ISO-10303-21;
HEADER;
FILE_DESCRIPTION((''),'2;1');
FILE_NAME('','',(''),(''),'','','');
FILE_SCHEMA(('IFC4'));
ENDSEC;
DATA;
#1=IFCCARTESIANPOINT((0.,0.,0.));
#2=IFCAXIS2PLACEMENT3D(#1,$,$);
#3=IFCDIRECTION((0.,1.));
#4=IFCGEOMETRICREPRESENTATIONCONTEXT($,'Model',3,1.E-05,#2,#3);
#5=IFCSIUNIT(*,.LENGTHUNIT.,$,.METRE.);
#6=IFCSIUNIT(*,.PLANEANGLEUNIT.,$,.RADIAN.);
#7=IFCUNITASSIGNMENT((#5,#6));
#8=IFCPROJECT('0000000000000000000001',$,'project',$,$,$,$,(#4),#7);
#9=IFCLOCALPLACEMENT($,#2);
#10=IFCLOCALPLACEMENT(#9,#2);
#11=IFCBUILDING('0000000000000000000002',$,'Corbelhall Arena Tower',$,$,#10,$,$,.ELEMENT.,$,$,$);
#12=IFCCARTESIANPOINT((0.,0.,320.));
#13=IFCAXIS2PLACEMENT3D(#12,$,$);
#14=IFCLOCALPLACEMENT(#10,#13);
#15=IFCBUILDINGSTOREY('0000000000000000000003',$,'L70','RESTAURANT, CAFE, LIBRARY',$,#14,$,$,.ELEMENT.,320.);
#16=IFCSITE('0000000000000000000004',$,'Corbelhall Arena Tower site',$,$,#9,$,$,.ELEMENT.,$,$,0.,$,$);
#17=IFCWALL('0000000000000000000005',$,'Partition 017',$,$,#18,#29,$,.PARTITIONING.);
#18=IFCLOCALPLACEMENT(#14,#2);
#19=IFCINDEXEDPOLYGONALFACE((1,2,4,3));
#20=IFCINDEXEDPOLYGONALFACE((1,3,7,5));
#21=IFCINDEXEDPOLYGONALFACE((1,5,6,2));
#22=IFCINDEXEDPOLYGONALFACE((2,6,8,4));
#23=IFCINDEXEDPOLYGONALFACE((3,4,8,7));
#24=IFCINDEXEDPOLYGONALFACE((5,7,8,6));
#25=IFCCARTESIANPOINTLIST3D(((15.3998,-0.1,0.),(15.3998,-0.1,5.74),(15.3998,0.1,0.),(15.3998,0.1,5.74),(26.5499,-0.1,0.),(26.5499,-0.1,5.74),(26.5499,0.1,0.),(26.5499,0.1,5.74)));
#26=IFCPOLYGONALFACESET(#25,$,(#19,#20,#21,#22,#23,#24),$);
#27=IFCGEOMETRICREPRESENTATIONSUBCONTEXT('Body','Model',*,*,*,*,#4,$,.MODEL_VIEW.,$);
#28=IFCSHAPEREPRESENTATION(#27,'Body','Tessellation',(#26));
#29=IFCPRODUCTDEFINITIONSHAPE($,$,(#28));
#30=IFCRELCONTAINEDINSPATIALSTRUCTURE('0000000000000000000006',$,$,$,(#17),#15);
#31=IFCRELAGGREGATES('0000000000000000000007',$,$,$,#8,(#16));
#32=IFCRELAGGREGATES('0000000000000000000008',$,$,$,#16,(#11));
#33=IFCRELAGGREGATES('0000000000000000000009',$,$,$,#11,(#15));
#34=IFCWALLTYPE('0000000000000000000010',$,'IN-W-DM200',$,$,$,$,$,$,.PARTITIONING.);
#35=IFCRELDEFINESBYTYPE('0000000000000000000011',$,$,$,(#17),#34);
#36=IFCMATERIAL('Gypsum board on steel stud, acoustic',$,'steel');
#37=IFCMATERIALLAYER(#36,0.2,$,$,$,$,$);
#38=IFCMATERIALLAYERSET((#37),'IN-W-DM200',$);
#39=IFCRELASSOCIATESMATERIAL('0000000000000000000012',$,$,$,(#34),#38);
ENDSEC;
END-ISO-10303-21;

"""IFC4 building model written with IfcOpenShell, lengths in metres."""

from ifc_helpers import new_model, si_unit, direction, frame, frame_2d, origin, place, context, subcontext, project, spatial, rectangle, extrude, material, layer, layer_set, type_object, element, save


model = new_model("IFC4")

# Units and contexts
model_context = context("Model", 3, precision=1e-05, world=origin(), true_north=direction((0.0, 1.0)))
body_context = subcontext(model_context, "Body", "Model", "MODEL_VIEW")
ifc_project = project(units=[si_unit("LENGTHUNIT", "METRE"), si_unit("PLANEANGLEUNIT", "RADIAN")], contexts=[model_context])

# Site, building, storey
site_placement = place(None, origin())
site = spatial("IfcSite", under=ifc_project, at=site_placement, Name="Corbelhall Arena Tower site", CompositionType="ELEMENT", RefElevation=0.0)
building_placement = place(site_placement, origin())
building = spatial("IfcBuilding", under=site, at=building_placement, Name="Corbelhall Arena Tower", CompositionType="ELEMENT")
storey_placement = place(building_placement, frame((0.0, 0.0, 320.0)))
storey = spatial("IfcBuildingStorey", under=building, at=storey_placement, Name="L70", Description="RESTAURANT, CAFE, LIBRARY", CompositionType="ELEMENT", Elevation=320.0)

# Shared definitions
ifc_material_1 = material(Name="Gypsum board on steel stud, acoustic", Category="steel")
ifc_layer_1 = layer(ifc_material_1, 0.2)
ifc_layer_set_1 = layer_set([ifc_layer_1], Name="IN-W-DM200")
wall_type_1 = type_object("IfcWallType", Name="IN-W-DM200", PredefinedType="PARTITIONING", material=ifc_layer_set_1)

# Wall
wall_1_placement = place(storey_placement, frame((26.55, 0.0, 0.0), z_axis=(0.0, 0.0, 1.0), x_axis=(-1.0, 0.0, 0.0)))
element("IfcWall", 1, at=wall_1_placement, inside=storey, type_object=wall_type_1, Name="Partition 017", PredefinedType="PARTITIONING", context=body_context, shape_type="SweptSolid", body=[
    extrude(rectangle(XDim=11.1501, YDim=0.2, at=frame_2d((5.5752, 0.0))), origin(), (0.0, 0.0, 1.0), 5.74),
])

save(model, "model.ifc")
